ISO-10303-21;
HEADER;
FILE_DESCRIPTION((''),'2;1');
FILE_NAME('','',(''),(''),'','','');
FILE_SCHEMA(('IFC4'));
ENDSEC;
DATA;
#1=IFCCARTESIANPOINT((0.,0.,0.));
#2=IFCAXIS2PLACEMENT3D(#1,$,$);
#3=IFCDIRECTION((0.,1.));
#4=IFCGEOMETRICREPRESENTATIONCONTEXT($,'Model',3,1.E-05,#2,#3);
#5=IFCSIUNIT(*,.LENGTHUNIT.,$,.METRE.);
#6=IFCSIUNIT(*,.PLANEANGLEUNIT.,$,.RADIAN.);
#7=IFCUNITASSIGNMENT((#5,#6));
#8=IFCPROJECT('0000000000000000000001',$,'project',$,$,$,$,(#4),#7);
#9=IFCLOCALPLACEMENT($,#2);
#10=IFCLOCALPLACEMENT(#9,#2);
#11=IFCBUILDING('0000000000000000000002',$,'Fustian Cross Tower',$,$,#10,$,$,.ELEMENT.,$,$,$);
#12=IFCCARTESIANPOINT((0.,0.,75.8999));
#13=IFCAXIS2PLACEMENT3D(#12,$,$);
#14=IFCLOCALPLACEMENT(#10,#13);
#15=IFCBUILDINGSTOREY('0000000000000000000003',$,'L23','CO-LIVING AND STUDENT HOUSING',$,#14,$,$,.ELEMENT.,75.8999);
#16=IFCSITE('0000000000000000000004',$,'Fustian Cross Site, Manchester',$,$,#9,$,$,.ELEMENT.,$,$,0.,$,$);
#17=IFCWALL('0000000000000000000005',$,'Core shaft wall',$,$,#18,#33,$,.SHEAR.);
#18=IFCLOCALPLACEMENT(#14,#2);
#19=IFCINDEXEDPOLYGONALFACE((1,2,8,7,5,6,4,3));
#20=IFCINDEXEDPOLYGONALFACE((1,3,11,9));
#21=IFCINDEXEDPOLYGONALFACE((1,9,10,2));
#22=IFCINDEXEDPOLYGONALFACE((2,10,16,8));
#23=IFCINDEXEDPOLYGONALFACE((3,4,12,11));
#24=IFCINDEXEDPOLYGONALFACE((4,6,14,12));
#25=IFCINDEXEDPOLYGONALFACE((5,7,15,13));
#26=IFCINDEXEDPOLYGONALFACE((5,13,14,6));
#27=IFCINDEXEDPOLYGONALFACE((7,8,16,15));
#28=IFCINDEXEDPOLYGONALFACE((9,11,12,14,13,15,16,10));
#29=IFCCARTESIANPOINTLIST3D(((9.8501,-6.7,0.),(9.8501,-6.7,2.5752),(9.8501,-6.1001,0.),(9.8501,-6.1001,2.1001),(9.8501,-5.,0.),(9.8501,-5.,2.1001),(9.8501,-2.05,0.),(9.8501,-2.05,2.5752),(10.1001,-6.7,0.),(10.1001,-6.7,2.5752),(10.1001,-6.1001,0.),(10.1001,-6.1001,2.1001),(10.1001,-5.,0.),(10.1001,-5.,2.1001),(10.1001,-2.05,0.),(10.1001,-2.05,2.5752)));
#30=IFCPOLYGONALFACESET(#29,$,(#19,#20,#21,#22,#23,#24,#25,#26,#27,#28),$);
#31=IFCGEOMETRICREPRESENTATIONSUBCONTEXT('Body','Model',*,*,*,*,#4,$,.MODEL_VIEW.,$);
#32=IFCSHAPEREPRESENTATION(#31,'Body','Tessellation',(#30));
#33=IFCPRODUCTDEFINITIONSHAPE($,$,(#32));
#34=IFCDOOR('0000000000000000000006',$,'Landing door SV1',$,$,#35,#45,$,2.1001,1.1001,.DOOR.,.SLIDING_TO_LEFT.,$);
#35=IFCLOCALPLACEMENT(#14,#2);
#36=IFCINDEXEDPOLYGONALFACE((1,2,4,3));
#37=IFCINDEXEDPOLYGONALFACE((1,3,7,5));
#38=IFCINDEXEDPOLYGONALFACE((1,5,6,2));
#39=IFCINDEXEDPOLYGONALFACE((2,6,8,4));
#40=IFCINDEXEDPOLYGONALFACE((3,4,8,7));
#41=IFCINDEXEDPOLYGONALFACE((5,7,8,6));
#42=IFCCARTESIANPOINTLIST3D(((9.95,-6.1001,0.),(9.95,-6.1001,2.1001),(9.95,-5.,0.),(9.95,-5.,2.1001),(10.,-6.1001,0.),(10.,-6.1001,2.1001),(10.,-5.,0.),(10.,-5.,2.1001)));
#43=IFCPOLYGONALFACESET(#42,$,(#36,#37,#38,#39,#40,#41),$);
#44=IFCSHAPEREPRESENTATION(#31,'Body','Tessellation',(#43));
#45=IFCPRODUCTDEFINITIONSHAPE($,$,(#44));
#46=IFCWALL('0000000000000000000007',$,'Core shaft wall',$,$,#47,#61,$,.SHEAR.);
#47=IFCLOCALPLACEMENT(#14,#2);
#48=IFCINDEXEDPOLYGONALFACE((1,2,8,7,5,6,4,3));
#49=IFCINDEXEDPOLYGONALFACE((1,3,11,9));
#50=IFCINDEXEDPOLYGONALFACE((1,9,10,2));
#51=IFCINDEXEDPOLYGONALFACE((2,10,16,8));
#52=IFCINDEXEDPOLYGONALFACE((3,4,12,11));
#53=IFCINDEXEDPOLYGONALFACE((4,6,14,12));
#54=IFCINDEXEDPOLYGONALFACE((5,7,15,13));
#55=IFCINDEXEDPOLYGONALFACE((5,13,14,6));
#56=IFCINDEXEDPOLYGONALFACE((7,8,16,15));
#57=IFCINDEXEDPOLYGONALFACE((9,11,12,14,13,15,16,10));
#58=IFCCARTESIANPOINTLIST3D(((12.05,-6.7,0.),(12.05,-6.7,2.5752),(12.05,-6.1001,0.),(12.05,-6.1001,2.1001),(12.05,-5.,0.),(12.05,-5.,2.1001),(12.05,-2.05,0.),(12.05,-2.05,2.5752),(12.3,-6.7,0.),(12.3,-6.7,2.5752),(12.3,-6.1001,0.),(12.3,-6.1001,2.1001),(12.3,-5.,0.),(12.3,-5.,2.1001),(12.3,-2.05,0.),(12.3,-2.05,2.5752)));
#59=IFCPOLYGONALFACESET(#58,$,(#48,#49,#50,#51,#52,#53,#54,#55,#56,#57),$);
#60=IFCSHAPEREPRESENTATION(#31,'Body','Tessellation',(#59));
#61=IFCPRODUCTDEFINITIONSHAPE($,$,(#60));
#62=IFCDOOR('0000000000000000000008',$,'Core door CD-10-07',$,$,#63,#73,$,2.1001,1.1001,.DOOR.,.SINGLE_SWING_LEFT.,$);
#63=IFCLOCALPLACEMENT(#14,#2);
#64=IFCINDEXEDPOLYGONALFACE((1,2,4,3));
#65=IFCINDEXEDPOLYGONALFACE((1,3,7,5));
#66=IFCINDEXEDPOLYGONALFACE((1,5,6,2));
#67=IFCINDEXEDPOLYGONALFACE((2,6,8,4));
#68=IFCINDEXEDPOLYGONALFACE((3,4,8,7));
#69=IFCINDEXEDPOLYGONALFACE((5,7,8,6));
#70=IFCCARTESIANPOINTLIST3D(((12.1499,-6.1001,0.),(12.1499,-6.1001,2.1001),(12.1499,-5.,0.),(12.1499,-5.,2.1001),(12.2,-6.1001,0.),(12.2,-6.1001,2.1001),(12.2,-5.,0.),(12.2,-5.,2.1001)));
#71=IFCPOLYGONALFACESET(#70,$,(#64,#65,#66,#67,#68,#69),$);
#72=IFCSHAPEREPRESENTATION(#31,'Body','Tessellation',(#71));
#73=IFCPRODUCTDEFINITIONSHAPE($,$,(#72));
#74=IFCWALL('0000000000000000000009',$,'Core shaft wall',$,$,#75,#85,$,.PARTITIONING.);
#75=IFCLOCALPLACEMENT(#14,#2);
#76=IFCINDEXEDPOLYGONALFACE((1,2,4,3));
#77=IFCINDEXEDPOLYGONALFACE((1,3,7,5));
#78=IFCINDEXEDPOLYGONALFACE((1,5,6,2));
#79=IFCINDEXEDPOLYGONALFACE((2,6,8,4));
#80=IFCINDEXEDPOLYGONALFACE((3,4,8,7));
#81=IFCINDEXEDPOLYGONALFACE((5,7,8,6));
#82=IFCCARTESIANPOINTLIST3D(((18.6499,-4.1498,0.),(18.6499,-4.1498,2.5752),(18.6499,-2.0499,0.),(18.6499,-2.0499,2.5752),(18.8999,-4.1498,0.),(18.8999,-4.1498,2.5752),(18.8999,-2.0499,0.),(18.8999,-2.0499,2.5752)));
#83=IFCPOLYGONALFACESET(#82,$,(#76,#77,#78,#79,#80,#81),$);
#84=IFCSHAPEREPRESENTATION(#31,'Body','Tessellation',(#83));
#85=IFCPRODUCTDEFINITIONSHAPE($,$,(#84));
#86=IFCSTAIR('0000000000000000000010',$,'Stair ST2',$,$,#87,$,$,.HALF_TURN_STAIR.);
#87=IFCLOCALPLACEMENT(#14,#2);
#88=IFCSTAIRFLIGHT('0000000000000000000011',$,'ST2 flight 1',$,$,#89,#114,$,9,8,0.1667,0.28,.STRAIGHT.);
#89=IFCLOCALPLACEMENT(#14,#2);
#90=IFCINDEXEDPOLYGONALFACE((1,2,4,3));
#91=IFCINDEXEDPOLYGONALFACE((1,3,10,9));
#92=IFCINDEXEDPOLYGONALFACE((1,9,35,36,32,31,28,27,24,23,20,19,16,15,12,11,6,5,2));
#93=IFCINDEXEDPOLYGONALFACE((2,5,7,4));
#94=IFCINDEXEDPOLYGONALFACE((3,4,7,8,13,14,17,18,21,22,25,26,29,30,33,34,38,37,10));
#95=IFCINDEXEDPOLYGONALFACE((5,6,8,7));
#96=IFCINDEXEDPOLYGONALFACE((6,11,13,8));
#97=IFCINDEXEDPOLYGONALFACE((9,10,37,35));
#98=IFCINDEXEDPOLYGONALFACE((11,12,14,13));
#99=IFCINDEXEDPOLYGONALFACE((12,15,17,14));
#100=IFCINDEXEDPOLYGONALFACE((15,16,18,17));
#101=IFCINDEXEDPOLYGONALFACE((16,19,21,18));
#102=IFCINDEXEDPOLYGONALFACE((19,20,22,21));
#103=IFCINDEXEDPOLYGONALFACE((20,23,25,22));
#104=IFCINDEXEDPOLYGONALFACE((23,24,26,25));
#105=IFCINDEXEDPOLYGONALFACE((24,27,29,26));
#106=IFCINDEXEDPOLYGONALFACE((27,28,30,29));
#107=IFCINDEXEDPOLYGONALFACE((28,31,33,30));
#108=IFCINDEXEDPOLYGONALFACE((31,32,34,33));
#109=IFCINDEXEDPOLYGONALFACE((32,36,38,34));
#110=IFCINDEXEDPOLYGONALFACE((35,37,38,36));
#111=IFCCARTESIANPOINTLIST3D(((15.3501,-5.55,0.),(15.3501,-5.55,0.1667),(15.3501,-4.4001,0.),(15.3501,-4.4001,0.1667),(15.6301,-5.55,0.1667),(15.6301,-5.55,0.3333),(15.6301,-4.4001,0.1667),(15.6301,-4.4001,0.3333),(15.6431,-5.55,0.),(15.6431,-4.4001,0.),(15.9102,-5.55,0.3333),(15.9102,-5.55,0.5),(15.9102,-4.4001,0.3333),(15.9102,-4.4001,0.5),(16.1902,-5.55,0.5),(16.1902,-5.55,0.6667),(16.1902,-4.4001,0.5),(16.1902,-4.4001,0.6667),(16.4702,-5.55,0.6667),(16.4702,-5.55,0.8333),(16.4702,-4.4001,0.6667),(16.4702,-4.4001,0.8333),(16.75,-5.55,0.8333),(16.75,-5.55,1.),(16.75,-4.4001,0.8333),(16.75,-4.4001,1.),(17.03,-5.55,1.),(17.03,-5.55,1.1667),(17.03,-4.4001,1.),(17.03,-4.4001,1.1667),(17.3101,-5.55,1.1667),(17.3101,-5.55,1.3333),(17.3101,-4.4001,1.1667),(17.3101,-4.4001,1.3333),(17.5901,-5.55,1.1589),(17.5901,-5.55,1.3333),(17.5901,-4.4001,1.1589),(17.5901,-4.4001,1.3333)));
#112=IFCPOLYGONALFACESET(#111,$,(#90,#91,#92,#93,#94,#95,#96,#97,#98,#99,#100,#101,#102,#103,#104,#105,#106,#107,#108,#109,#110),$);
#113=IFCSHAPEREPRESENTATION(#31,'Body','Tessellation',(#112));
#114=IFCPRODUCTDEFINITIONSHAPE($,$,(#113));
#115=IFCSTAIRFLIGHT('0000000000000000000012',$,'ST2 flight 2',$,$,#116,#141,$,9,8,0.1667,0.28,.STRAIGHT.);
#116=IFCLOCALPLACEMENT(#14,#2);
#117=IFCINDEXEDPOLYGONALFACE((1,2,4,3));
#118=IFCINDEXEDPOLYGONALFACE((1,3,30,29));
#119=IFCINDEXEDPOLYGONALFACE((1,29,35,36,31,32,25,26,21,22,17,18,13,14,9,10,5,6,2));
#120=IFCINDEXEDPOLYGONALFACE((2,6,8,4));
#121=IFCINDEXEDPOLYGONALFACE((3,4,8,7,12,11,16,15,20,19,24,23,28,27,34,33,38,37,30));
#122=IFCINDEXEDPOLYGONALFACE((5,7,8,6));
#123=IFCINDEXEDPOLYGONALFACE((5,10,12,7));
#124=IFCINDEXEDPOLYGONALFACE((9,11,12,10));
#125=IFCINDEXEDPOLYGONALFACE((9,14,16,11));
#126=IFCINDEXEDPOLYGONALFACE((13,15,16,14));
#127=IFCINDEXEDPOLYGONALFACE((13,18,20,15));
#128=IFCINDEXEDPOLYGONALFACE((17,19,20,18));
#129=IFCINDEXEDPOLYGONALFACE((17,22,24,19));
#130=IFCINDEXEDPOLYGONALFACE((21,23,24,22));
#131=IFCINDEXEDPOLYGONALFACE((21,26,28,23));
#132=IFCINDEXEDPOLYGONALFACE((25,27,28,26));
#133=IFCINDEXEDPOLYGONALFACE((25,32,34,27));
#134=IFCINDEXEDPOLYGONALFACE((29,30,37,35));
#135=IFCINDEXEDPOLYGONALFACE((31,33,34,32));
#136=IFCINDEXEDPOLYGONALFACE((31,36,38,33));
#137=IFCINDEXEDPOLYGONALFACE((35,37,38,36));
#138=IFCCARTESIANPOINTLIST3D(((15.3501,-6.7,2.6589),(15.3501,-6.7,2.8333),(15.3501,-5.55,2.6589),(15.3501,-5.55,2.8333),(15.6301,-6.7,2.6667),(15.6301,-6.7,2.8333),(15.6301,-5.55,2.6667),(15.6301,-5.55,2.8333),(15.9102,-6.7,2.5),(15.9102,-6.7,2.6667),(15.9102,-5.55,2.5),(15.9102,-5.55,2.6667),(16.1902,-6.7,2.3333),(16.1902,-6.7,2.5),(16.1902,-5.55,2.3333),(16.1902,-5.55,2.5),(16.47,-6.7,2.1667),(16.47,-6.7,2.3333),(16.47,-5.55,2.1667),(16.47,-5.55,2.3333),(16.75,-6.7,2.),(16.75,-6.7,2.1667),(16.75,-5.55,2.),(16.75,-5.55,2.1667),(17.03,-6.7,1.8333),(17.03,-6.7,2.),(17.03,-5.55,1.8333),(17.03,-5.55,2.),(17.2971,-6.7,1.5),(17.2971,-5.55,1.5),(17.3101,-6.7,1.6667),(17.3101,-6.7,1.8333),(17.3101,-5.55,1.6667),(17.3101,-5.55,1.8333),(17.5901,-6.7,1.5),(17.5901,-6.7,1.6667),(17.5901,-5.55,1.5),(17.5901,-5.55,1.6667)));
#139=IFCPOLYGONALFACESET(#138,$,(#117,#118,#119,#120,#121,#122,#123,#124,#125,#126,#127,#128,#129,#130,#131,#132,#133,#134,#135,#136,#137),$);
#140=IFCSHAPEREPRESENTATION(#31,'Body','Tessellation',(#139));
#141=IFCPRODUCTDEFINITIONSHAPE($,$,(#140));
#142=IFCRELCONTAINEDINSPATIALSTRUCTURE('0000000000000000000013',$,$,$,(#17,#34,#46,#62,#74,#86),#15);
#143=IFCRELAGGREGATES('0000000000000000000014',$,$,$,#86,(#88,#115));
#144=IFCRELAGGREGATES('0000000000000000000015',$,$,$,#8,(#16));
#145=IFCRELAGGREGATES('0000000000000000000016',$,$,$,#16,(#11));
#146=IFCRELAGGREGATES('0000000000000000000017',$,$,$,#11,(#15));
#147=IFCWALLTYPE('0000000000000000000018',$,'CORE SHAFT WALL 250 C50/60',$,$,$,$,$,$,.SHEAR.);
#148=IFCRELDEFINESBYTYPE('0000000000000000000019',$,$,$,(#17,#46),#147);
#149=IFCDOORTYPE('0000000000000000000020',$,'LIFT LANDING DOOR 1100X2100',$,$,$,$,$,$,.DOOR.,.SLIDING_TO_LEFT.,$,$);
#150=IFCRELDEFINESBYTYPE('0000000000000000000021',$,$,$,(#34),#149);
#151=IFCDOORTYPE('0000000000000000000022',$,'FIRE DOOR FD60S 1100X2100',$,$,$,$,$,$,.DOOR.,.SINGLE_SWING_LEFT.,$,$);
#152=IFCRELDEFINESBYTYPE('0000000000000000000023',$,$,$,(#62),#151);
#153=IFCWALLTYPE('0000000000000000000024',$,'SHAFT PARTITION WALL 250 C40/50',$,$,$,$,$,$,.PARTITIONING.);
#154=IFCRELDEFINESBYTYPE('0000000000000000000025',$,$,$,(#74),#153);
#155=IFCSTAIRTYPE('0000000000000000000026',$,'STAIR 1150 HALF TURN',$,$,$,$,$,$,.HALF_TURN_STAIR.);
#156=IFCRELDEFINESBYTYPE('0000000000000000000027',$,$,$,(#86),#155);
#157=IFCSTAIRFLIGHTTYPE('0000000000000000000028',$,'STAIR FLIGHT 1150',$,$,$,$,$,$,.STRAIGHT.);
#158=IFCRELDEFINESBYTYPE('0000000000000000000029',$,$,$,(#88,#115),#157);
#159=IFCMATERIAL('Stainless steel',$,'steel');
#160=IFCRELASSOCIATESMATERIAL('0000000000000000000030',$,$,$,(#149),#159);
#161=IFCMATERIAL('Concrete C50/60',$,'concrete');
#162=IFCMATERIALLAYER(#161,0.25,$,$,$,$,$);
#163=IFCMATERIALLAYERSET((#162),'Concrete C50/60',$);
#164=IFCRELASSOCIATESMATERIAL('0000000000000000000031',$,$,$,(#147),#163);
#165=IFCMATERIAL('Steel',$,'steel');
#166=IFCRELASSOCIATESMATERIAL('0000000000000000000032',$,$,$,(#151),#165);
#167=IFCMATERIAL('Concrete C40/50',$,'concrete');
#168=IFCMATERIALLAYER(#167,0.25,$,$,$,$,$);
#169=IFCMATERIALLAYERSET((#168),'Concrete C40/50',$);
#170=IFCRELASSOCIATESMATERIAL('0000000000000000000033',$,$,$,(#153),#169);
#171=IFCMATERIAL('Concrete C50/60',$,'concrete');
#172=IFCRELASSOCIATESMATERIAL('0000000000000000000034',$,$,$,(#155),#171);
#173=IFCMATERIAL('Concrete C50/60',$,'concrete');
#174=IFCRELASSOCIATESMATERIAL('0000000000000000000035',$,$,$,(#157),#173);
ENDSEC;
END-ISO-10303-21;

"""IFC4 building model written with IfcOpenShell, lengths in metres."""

from ifc_helpers import new_model, si_unit, direction, frame, frame_2d, origin, place, context, subcontext, project, spatial, polyline, rectangle, outline, extrude, material, layer, layer_set, type_object, element, fill, aggregate, save


model = new_model("IFC4")

# Units and contexts
model_context = context("Model", 3, precision=1e-05, world=origin(), true_north=direction((0.0, 1.0)))
body_context = subcontext(model_context, "Body", "Model", "MODEL_VIEW")
ifc_project = project(units=[si_unit("LENGTHUNIT", "METRE"), si_unit("PLANEANGLEUNIT", "RADIAN")], contexts=[model_context])

# Site, building, storey
site_placement = place(None, origin())
site = spatial("IfcSite", under=ifc_project, at=site_placement, Name="Fustian Cross Site, Manchester", CompositionType="ELEMENT", RefElevation=0.0)
building_placement = place(site_placement, origin())
building = spatial("IfcBuilding", under=site, at=building_placement, Name="Fustian Cross Tower", CompositionType="ELEMENT")
storey_placement = place(building_placement, frame((0.0, 0.0, 75.8999)))
storey = spatial("IfcBuildingStorey", under=building, at=storey_placement, Name="L23", Description="CO-LIVING AND STUDENT HOUSING", CompositionType="ELEMENT", Elevation=75.8999)

# Shared definitions
ifc_material_1 = material(Name="Stainless steel", Category="steel")
door_type_1 = type_object("IfcDoorType", Name="LIFT LANDING DOOR 1100X2100", OperationType="SLIDING_TO_LEFT", PredefinedType="DOOR", material=ifc_material_1)

# Shared definitions
ifc_material_2 = material(Name="Concrete C50/60", Category="concrete")
ifc_layer_1 = layer(ifc_material_2, 0.25)
ifc_layer_set_1 = layer_set([ifc_layer_1], Name="Concrete C50/60")
wall_type_1 = type_object("IfcWallType", Name="CORE SHAFT WALL 250 C50/60", PredefinedType="SHEAR", material=ifc_layer_set_1)

# Walls, openings, doors
wall_1_placement = place(storey_placement, frame((9.9751, -2.05, 0.0), z_axis=(0.0, 0.0, 1.0), x_axis=(0.0, -1.0, 0.0)))
wall_1 = element("IfcWall", 1, at=wall_1_placement, inside=storey, type_object=wall_type_1, Name="Core shaft wall", PredefinedType="SHEAR", context=body_context, shape_type="SweptSolid", body=[
    extrude(rectangle(XDim=4.6499, YDim=0.25, at=frame_2d((2.325, 0.0))), origin(), (0.0, 0.0, 1.0), 2.5752),
])
opening_1_placement = place(wall_1_placement, frame((2.95, 0.0, 0.0)))
opening_1 = element("IfcOpeningElement", 2, at=opening_1_placement, cuts=wall_1, PredefinedType="OPENING", context=body_context, shape_type="SweptSolid", body=[
    extrude(rectangle(XDim=1.1001, YDim=2.1001, at=frame_2d((0.55, 1.05))), frame((0.0, 0.135, 0.0), z_axis=(0.0, -1.0, 0.0), x_axis=(1.0, 0.0, 0.0)), (0.0, 0.0, 1.0), 0.27),
])
door_1_placement = place(opening_1_placement, origin())
door_1 = element("IfcDoor", 3, at=door_1_placement, inside=storey, type_object=door_type_1, Name="Landing door SV1", OperationType="SLIDING_TO_LEFT", OverallHeight=2.1001, OverallWidth=1.1001, PredefinedType="DOOR", context=body_context, shape_type="SweptSolid", body=[
    extrude(rectangle(XDim=1.1001, YDim=2.1001, at=frame_2d((0.55, 1.05))), frame((0.0, 0.0249, 0.0), z_axis=(0.0, -1.0, 0.0), x_axis=(1.0, 0.0, 0.0)), (0.0, 0.0, 1.0), 0.05),
])
fill(opening_1, door_1)
wall_2_placement = place(storey_placement, frame((12.175, -2.05, 0.0), z_axis=(0.0, 0.0, 1.0), x_axis=(0.0, -1.0, 0.0)))
wall_2 = element("IfcWall", 4, at=wall_2_placement, inside=storey, type_object=wall_type_1, Name="Core shaft wall", PredefinedType="SHEAR", context=body_context, shape_type="SweptSolid", body=[
    extrude(rectangle(XDim=4.6499, YDim=0.25, at=frame_2d((2.325, 0.0))), origin(), (0.0, 0.0, 1.0), 2.5752),
])
opening_2_placement = place(wall_2_placement, frame((2.95, 0.0, 0.0)))
opening_2 = element("IfcOpeningElement", 5, at=opening_2_placement, cuts=wall_2, PredefinedType="OPENING", context=body_context, shape_type="SweptSolid", body=[
    extrude(rectangle(XDim=1.1001, YDim=2.1001, at=frame_2d((0.55, 1.05))), frame((0.0, 0.135, 0.0), z_axis=(0.0, -1.0, 0.0), x_axis=(1.0, 0.0, 0.0)), (0.0, 0.0, 1.0), 0.27),
])
ifc_material_3 = material(Name="Steel", Category="steel")
door_type_2 = type_object("IfcDoorType", Name="FIRE DOOR FD60S 1100X2100", OperationType="SINGLE_SWING_LEFT", PredefinedType="DOOR", material=ifc_material_3)
door_2_placement = place(opening_2_placement, origin())
door_2 = element("IfcDoor", 6, at=door_2_placement, inside=storey, type_object=door_type_2, Name="Core door CD-10-07", OperationType="SINGLE_SWING_LEFT", OverallHeight=2.1001, OverallWidth=1.1001, PredefinedType="DOOR", context=body_context, shape_type="SweptSolid", body=[
    extrude(rectangle(XDim=1.1001, YDim=2.1001, at=frame_2d((0.55, 1.05))), frame((0.0, 0.0249, 0.0), z_axis=(0.0, -1.0, 0.0), x_axis=(1.0, 0.0, 0.0)), (0.0, 0.0, 1.0), 0.05),
])
fill(opening_2, door_2)

# Wall
ifc_material_4 = material(Name="Concrete C40/50", Category="concrete")
ifc_layer_2 = layer(ifc_material_4, 0.25)
ifc_layer_set_2 = layer_set([ifc_layer_2], Name="Concrete C40/50")
wall_type_2 = type_object("IfcWallType", Name="SHAFT PARTITION WALL 250 C40/50", PredefinedType="PARTITIONING", material=ifc_layer_set_2)
wall_3_placement = place(storey_placement, frame((18.7749, -2.05, 0.0), z_axis=(0.0, 0.0, 1.0), x_axis=(0.0, -1.0, 0.0)))
element("IfcWall", 7, at=wall_3_placement, inside=storey, type_object=wall_type_2, Name="Core shaft wall", PredefinedType="PARTITIONING", context=body_context, shape_type="SweptSolid", body=[
    extrude(rectangle(XDim=2.0999, YDim=0.25, at=frame_2d((1.0498, 0.0))), origin(), (0.0, 0.0, 1.0), 2.5752),
])

# Stair, stair flights
ifc_material_5 = material(Name="Concrete C50/60", Category="concrete")
stair_type = type_object("IfcStairType", Name="STAIR 1150 HALF TURN", PredefinedType="HALF_TURN_STAIR", material=ifc_material_5)
stair_placement = place(storey_placement, origin())
stair = element("IfcStair", 8, at=stair_placement, inside=storey, type_object=stair_type, Name="Stair ST2", PredefinedType="HALF_TURN_STAIR")
ifc_material_6 = material(Name="Concrete C50/60", Category="concrete")
stair_flight_type = type_object("IfcStairFlightType", Name="STAIR FLIGHT 1150", PredefinedType="STRAIGHT", material=ifc_material_6)
stair_flight_1_placement = place(storey_placement, frame((15.3501, -4.9751, 0.0), z_axis=(0.0, 0.0, 1.0), x_axis=(1.0, 0.0, 0.0)))
stair_flight_1 = element("IfcStairFlight", 9, at=stair_flight_1_placement, type_object=stair_flight_type, Name="ST2 flight 1", NumberOfRisers=9, NumberOfTreads=8, PredefinedType="STRAIGHT", RiserHeight=0.1667, TreadLength=0.28, context=body_context, shape_type="SweptSolid", body=[
    extrude(outline(polyline([(0.0, 0.0), (0.0, 0.1667), (0.28, 0.1667), (0.28, 0.3333), (0.5601, 0.3333), (0.5601, 0.5), (0.8401, 0.5), (0.8401, 0.6667), (1.1201, 0.6667), (1.1201, 0.8333), (1.3999, 0.8333), (1.3999, 1.0), (1.6799, 1.0), (1.6799, 1.1667), (1.96, 1.1667), (1.96, 1.3333), (2.24, 1.3333), (2.24, 1.5), (2.24, 1.1589), (0.293, 0.0), (0.0, 0.0)])), frame((0.0, 0.575, 0.0), z_axis=(0.0, -1.0, 0.0), x_axis=(1.0, 0.0, 0.0)), (0.0, 0.0, 1.0), 1.1499),
])
stair_flight_2_placement = place(storey_placement, frame((17.5901, -6.125, 1.5), z_axis=(0.0, 0.0, 1.0), x_axis=(-1.0, 0.0, 0.0)))
stair_flight_2 = element("IfcStairFlight", 10, at=stair_flight_2_placement, type_object=stair_flight_type, Name="ST2 flight 2", NumberOfRisers=9, NumberOfTreads=8, PredefinedType="STRAIGHT", RiserHeight=0.1667, TreadLength=0.28, context=body_context, shape_type="SweptSolid", body=[
    extrude(outline(polyline([(0.0, 0.0), (0.0, 0.1667), (0.28, 0.1667), (0.28, 0.3333), (0.5601, 0.3333), (0.5601, 0.5), (0.8401, 0.5), (0.8401, 0.6667), (1.1201, 0.6667), (1.1201, 0.8333), (1.3999, 0.8333), (1.3999, 1.0), (1.6799, 1.0), (1.6799, 1.1667), (1.96, 1.1667), (1.96, 1.3333), (2.24, 1.3333), (2.24, 1.5), (2.24, 1.1589), (0.293, 0.0), (0.0, 0.0)])), frame((0.0, 0.575, 0.0), z_axis=(0.0, -1.0, 0.0), x_axis=(1.0, 0.0, 0.0)), (0.0, 0.0, 1.0), 1.1499),
])
aggregate(stair, [stair_flight_1, stair_flight_2])

save(model, "model.ifc")
